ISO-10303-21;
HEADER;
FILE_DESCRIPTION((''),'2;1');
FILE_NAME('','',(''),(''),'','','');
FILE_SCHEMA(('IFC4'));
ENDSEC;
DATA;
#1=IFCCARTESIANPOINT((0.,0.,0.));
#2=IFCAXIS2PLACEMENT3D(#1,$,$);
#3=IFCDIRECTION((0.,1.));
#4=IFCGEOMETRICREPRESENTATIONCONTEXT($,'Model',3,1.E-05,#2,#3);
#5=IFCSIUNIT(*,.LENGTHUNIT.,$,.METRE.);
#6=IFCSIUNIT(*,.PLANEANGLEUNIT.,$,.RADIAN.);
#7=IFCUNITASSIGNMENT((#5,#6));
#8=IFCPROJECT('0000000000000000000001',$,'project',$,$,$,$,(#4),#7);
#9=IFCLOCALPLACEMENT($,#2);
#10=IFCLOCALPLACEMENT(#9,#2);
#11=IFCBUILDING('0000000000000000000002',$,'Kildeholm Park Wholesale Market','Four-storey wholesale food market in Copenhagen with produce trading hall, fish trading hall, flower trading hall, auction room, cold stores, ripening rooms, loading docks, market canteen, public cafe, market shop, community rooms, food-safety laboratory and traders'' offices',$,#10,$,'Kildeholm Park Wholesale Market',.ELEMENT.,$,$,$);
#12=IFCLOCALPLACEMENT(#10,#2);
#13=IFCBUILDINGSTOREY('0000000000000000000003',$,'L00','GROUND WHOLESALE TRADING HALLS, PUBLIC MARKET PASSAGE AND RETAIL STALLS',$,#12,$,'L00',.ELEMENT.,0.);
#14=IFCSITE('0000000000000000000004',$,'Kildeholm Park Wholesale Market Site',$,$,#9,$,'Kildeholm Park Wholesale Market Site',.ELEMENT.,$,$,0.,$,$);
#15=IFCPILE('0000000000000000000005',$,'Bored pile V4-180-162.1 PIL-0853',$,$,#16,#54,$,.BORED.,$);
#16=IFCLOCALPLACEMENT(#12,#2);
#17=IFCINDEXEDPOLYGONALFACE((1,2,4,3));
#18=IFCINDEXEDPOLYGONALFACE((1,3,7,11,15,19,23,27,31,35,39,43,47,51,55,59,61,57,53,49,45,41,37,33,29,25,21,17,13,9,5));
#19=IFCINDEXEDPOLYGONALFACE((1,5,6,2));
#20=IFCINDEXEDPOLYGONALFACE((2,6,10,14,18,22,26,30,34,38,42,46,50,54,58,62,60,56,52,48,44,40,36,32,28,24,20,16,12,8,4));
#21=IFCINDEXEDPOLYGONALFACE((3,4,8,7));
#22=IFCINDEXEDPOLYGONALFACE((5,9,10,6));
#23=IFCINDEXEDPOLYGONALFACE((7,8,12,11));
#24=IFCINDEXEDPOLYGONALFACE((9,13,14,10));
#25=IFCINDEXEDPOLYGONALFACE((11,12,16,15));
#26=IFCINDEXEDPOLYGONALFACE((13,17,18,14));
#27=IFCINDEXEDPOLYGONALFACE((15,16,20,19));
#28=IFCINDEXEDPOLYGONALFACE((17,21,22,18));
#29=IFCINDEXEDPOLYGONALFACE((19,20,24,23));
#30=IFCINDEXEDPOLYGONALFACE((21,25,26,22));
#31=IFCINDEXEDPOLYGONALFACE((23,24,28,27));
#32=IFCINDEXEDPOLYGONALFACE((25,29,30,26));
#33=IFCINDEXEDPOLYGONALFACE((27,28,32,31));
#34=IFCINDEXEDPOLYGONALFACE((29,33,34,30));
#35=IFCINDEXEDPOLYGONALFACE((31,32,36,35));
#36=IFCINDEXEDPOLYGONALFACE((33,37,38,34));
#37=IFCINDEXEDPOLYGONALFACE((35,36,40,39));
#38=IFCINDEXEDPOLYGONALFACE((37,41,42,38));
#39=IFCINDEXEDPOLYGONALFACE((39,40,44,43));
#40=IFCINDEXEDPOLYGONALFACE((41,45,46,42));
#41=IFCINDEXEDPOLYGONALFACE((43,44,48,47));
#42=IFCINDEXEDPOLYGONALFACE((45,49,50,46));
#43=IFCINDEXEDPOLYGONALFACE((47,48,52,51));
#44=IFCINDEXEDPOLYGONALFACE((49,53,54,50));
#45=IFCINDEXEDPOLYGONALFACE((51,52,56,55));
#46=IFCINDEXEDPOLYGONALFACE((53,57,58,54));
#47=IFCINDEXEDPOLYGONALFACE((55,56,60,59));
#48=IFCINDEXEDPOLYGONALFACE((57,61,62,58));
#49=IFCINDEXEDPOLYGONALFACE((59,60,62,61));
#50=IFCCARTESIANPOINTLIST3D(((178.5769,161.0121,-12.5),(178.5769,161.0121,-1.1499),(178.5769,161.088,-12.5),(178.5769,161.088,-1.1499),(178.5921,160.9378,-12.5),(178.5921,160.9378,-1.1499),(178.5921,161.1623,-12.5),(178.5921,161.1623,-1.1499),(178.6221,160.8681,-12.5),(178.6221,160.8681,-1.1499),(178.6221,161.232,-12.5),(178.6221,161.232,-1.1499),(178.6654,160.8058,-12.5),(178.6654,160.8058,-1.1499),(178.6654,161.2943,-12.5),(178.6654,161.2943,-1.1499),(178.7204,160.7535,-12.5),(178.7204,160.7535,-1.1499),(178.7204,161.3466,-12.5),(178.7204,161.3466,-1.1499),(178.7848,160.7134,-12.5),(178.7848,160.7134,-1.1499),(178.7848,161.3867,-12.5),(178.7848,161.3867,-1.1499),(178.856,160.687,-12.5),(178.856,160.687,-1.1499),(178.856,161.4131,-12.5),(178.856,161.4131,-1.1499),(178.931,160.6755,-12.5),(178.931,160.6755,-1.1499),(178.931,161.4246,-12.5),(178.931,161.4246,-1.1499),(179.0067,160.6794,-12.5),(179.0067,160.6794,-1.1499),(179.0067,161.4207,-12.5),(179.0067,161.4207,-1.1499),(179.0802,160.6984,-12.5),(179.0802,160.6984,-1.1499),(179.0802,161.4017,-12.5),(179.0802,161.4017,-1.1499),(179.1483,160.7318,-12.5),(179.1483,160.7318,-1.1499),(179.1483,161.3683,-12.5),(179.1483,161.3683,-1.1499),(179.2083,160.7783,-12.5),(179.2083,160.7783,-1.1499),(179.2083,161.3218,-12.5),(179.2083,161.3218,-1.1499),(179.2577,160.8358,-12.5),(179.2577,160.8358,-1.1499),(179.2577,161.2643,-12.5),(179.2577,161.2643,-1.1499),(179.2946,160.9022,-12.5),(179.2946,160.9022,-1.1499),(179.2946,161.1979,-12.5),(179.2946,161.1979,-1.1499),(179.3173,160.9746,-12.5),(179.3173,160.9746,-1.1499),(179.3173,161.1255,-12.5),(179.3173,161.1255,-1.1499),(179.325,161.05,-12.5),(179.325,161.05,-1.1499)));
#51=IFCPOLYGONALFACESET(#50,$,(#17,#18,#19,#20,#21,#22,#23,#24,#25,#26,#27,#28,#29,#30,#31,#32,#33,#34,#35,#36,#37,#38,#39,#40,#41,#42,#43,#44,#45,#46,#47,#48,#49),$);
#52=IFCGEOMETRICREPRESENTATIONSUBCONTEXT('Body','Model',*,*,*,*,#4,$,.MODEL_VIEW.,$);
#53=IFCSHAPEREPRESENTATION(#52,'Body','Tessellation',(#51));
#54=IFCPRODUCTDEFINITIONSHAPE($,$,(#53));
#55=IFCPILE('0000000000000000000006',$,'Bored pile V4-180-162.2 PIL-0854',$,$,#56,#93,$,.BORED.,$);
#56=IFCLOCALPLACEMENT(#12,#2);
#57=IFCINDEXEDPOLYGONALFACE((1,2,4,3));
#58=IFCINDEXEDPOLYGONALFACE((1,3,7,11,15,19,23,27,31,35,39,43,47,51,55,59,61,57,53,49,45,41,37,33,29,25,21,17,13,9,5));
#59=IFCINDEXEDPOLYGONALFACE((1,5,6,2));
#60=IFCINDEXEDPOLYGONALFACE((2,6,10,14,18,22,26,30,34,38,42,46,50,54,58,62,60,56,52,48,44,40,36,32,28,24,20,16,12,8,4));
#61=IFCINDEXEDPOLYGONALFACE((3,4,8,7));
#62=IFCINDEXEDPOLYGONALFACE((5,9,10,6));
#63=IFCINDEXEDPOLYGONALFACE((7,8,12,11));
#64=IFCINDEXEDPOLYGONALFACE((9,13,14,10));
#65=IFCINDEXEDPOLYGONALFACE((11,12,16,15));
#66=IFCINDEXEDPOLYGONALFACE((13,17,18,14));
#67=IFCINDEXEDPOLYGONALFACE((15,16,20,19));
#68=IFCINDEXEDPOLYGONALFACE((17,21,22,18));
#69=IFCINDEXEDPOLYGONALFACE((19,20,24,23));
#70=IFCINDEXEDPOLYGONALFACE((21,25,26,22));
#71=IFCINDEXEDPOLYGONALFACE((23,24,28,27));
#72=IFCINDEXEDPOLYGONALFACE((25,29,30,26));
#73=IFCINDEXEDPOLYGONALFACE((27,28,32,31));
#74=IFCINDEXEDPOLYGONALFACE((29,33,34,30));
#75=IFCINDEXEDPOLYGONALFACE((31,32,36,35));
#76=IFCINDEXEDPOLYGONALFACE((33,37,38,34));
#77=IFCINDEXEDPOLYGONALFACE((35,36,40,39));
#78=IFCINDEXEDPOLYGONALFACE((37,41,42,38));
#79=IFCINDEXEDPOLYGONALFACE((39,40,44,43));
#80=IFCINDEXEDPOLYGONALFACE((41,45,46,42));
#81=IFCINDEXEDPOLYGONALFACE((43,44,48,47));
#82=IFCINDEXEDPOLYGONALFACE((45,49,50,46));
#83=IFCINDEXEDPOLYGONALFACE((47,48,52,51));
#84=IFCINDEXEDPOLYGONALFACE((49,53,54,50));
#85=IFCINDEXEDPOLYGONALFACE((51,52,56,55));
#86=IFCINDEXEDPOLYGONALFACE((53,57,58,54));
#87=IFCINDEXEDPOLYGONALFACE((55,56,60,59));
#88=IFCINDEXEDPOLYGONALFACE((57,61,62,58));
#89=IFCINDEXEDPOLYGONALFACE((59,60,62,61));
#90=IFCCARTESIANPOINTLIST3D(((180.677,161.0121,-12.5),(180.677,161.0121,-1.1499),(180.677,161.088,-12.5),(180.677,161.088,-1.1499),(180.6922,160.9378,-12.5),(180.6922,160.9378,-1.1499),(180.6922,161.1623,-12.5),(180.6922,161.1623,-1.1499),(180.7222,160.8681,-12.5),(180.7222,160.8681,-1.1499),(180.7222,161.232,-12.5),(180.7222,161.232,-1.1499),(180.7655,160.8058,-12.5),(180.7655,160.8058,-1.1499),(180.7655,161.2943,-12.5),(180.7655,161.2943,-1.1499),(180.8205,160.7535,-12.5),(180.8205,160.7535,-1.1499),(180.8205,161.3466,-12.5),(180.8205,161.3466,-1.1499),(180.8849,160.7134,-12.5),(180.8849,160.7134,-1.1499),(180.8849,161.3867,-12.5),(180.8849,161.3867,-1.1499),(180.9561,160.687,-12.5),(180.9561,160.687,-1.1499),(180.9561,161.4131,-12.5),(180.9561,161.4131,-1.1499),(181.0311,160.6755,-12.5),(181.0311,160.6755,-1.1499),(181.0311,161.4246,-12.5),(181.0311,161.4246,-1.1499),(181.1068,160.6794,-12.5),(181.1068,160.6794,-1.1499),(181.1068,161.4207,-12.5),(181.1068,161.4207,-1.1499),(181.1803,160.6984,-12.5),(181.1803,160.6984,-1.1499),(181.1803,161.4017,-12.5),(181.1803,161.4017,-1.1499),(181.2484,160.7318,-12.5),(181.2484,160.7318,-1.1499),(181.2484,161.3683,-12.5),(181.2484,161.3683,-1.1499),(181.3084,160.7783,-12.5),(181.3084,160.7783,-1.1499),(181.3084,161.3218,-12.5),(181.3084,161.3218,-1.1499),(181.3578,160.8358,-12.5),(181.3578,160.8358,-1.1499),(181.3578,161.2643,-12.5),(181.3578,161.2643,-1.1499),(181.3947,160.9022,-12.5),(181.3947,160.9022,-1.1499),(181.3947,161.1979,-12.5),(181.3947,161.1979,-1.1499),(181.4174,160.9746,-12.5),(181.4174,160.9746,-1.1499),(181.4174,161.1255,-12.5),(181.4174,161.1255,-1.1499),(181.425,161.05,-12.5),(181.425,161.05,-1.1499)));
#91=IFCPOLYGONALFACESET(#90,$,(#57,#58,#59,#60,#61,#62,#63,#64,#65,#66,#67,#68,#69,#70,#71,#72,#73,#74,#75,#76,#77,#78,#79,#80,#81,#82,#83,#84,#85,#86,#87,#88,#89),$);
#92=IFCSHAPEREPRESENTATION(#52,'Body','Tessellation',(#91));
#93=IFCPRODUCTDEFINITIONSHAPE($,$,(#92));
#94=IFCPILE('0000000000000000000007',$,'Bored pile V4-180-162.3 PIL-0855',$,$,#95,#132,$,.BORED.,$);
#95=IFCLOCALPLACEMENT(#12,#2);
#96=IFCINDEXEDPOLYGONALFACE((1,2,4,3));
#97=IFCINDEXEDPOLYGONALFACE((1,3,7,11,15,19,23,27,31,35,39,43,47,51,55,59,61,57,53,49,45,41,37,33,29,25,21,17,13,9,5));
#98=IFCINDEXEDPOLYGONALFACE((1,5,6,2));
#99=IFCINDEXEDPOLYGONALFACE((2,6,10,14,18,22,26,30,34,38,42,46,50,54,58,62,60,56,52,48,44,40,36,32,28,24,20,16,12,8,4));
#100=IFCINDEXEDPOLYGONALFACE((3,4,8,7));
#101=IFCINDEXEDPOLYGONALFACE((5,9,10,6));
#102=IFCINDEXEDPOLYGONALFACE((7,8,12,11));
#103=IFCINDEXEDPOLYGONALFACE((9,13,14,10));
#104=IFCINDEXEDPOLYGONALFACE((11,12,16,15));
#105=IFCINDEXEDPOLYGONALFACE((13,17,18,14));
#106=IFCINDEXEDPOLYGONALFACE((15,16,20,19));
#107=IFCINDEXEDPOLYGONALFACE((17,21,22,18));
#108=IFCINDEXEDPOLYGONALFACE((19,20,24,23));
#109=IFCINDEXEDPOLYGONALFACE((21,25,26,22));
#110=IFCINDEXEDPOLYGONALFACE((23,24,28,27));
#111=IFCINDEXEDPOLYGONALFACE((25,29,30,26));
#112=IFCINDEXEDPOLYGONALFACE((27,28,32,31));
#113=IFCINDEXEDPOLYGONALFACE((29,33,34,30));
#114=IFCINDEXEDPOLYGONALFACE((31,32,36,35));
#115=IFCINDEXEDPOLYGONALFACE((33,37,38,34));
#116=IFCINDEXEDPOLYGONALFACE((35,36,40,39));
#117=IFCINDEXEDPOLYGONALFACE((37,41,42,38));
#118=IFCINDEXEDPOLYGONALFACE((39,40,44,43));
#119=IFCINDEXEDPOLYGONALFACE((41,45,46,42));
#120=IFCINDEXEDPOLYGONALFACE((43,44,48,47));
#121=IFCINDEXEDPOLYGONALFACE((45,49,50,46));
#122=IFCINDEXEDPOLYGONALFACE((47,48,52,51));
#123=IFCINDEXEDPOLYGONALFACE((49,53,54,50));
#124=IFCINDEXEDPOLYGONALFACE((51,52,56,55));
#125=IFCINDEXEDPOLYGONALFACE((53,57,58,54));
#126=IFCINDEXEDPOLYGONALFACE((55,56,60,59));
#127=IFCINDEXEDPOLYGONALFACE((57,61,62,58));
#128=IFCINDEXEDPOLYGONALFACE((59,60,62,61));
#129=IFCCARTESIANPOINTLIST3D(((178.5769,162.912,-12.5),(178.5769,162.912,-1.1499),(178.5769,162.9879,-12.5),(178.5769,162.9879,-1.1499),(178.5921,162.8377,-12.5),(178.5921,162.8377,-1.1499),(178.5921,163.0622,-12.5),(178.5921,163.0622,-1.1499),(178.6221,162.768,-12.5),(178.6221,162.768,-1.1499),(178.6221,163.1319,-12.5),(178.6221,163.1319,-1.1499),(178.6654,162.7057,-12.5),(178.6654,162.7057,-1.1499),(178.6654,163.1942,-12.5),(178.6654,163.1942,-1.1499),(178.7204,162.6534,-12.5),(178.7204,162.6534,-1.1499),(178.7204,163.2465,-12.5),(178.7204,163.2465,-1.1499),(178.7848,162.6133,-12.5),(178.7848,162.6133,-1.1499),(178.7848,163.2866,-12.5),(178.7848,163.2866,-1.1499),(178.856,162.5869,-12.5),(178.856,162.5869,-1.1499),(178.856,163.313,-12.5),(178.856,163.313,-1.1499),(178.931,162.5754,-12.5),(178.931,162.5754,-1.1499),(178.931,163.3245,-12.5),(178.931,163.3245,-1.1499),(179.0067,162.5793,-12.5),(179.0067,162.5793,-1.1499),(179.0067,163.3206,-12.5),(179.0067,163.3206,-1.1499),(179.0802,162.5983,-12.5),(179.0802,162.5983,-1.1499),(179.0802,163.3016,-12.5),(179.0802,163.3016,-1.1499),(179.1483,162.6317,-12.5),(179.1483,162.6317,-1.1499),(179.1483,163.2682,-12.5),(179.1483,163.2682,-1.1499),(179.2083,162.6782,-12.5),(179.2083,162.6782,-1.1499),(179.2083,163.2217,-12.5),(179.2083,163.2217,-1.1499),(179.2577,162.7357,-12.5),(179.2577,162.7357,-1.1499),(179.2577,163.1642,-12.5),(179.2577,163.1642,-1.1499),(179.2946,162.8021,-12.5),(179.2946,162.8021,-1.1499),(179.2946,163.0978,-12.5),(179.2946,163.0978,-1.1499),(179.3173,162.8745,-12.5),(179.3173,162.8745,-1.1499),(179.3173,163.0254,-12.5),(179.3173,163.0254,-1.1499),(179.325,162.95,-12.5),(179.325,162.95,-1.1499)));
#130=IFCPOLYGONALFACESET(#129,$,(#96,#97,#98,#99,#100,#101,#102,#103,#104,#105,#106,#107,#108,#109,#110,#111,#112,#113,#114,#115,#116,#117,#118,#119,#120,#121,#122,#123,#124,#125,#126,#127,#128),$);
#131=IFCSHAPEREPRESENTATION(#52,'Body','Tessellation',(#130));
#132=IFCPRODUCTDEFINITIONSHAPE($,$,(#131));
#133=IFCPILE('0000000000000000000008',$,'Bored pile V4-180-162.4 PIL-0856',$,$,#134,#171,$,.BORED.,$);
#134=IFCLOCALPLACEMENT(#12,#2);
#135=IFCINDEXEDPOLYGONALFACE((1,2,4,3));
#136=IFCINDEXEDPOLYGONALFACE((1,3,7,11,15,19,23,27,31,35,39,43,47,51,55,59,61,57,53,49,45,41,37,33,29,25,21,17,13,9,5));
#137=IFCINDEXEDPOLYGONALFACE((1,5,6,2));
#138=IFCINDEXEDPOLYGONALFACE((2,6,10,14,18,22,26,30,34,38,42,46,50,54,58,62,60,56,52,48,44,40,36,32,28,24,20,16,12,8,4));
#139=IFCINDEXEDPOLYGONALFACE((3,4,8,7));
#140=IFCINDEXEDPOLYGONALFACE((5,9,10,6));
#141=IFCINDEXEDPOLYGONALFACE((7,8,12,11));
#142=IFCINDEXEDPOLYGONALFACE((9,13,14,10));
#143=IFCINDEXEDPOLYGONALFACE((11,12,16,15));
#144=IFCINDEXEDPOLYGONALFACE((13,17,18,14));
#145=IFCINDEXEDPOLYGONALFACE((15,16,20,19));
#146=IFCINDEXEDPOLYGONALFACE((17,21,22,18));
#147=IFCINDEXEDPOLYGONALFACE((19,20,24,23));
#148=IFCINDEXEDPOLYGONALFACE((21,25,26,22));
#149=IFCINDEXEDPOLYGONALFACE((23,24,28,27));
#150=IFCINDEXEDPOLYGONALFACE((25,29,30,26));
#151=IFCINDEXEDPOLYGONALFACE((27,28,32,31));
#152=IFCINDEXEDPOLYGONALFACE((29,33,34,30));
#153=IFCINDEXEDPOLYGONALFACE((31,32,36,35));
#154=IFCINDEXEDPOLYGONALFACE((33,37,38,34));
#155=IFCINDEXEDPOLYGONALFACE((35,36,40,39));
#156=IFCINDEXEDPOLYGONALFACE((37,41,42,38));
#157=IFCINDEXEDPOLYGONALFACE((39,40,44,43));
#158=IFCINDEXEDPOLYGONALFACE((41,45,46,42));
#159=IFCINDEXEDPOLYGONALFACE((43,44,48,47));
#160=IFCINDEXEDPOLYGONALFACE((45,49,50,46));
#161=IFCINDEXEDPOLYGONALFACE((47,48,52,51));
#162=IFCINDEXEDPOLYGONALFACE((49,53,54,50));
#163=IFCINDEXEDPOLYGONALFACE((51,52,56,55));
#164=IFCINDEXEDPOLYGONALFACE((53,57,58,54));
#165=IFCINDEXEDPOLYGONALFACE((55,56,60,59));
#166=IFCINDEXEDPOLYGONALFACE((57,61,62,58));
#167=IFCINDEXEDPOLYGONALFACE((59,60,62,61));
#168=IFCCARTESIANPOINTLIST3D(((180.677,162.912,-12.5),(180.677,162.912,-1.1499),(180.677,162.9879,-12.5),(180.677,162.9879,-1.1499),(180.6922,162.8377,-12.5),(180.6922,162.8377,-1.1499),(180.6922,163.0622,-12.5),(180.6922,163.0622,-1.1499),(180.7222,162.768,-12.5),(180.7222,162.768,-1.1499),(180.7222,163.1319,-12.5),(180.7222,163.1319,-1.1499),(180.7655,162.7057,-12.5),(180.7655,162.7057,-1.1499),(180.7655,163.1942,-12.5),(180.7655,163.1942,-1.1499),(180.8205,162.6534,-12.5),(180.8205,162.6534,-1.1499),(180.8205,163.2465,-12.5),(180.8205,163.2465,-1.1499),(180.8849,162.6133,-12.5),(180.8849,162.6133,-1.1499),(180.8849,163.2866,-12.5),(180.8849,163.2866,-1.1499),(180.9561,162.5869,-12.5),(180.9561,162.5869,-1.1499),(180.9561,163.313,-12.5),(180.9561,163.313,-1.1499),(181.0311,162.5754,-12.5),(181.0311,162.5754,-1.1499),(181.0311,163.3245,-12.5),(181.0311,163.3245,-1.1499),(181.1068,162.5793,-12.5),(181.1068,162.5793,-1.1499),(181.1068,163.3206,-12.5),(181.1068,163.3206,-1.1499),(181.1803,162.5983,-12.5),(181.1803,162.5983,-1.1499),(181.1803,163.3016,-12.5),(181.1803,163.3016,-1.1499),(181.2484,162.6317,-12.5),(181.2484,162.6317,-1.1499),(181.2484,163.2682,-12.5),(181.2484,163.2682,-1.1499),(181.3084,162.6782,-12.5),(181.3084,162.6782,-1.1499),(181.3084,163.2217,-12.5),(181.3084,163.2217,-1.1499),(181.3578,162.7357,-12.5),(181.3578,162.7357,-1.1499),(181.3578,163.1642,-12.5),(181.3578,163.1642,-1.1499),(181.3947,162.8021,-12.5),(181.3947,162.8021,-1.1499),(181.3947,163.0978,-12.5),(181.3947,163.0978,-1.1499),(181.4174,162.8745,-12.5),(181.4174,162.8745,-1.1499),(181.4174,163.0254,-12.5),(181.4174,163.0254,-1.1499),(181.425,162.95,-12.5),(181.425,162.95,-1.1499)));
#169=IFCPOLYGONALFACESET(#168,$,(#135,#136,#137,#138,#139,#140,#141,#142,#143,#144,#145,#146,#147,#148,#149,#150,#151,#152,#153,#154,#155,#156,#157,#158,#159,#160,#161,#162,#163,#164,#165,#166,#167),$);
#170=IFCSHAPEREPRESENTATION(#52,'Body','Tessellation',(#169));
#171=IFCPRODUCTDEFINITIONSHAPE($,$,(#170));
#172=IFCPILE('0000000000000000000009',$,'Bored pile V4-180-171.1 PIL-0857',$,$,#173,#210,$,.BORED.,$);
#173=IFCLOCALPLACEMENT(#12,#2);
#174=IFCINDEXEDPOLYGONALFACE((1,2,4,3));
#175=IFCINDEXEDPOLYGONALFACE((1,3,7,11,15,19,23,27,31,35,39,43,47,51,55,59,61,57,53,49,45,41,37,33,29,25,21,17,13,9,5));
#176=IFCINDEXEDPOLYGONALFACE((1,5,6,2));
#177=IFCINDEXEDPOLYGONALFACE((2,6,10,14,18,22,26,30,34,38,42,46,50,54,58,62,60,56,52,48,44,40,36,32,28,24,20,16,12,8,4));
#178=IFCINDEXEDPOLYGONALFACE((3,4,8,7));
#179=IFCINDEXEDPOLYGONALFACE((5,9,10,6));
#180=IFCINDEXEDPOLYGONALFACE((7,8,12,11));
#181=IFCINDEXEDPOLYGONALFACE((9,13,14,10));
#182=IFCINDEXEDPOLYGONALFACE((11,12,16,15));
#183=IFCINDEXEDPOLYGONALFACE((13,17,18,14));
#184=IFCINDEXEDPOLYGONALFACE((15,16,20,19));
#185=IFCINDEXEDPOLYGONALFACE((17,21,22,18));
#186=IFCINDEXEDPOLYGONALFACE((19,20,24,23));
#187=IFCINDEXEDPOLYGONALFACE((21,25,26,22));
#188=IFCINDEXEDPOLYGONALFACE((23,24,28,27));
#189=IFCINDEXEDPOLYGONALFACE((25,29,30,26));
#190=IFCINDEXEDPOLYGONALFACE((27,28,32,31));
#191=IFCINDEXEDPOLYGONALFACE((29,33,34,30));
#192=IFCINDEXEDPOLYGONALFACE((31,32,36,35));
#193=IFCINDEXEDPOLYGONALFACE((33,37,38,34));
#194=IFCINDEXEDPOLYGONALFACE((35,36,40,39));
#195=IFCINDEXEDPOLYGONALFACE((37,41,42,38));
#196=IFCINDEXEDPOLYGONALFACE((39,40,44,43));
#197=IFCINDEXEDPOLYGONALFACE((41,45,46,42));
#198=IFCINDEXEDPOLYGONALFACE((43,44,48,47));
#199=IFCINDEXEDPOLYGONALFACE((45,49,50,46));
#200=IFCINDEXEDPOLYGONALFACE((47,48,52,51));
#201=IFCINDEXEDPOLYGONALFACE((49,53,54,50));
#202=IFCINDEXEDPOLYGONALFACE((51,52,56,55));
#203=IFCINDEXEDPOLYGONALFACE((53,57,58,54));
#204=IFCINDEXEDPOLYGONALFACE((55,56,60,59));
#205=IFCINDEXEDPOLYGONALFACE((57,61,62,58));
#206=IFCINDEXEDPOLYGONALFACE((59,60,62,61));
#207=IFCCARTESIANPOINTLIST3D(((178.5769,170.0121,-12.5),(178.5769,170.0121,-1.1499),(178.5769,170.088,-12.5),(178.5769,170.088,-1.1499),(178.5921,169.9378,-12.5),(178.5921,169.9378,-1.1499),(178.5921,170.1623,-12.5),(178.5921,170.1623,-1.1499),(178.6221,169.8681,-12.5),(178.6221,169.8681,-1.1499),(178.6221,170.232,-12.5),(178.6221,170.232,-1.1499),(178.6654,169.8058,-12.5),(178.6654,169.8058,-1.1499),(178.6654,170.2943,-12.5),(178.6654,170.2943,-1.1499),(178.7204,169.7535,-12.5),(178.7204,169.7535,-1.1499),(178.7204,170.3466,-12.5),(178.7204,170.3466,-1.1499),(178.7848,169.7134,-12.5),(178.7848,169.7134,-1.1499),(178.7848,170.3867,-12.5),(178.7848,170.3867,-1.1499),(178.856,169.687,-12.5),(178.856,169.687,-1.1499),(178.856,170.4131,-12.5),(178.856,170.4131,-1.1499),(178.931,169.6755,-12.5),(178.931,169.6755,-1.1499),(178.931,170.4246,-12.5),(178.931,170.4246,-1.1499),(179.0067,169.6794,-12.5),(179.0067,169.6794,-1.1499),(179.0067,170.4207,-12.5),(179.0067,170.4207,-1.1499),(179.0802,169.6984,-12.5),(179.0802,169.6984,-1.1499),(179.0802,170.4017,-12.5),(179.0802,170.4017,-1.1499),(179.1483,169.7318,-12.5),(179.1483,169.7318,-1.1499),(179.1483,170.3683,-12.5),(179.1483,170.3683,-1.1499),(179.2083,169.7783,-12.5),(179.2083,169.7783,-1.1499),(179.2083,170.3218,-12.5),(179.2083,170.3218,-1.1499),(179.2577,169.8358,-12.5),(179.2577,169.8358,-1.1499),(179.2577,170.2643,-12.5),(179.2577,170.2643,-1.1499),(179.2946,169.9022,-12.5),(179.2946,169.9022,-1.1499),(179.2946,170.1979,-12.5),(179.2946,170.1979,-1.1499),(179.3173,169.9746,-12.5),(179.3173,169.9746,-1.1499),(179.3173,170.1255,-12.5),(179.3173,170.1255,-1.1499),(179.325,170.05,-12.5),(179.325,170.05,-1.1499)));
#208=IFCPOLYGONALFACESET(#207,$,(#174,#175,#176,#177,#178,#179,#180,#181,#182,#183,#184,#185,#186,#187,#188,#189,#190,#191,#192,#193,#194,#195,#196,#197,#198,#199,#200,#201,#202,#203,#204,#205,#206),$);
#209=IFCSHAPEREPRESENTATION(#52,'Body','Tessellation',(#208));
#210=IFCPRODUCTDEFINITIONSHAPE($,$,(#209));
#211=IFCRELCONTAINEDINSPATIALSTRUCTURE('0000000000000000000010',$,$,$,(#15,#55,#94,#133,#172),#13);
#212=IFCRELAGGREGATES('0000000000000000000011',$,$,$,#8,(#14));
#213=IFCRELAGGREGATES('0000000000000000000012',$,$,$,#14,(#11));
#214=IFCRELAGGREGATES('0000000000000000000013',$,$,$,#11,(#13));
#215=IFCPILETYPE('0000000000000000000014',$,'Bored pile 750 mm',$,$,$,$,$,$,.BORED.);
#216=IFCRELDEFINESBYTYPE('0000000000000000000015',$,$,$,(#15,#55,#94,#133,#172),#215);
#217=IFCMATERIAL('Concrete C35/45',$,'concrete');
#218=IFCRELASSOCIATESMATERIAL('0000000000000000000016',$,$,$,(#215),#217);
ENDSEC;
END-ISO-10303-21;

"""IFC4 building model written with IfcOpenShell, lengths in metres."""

from ifc_helpers import new_model, si_unit, direction, frame, origin, origin_2d, place, context, subcontext, project, spatial, circle, extrude, material, material_profile, profile_set, type_object, element, save


model = new_model("IFC4")

# Units and contexts
model_context = context("Model", 3, precision=1e-05, world=origin(), true_north=direction((0.0, 1.0)))
body_context = subcontext(model_context, "Body", "Model", "MODEL_VIEW")
ifc_project = project(units=[si_unit("LENGTHUNIT", "METRE"), si_unit("PLANEANGLEUNIT", "RADIAN")], contexts=[model_context])

# Site, building, storey
site_placement = place(None, origin())
site = spatial("IfcSite", under=ifc_project, at=site_placement, Name="Kildeholm Park Wholesale Market Site", LongName="Kildeholm Park Wholesale Market Site", CompositionType="ELEMENT", RefElevation=0.0)
building_placement = place(site_placement, origin())
building = spatial("IfcBuilding", under=site, at=building_placement, Name="Kildeholm Park Wholesale Market", Description="Four-storey wholesale food market in Copenhagen with produce trading hall, fish trading hall, flower trading hall, auction room, cold stores, ripening rooms, loading docks, market canteen, public cafe, market shop, community rooms, food-safety laboratory and traders' offices", LongName="Kildeholm Park Wholesale Market", CompositionType="ELEMENT")
storey_placement = place(building_placement, origin())
storey = spatial("IfcBuildingStorey", under=building, at=storey_placement, Name="L00", Description="GROUND WHOLESALE TRADING HALLS, PUBLIC MARKET PASSAGE AND RETAIL STALLS", LongName="L00", CompositionType="ELEMENT", Elevation=0.0)

# Piles
ifc_material_1 = material(Name="Concrete C35/45", Category="concrete")
ifc_material_profile_1 = material_profile(ifc_material_1, circle(Radius=0.375, at=origin_2d()), Name="PILE D750")
ifc_profile_set_1 = profile_set([ifc_material_profile_1], Name="Concrete C35/45")
pile_type = type_object("IfcPileType", Name="Bored pile 750 mm", PredefinedType="BORED", material=ifc_profile_set_1)
for number, where, z_axis, x_axis, name in (
    (1, (178.95, 161.05, -1.1499), (0.0, 0.0, -1.0), (1.0, 0.0, 0.0), "Bored pile V4-180-162.1 PIL-0853"),
    (2, (181.05, 161.05, -1.1499), (0.0, 0.0, -1.0), (1.0, 0.0, 0.0), "Bored pile V4-180-162.2 PIL-0854"),
    (3, (178.95, 162.95, -1.1499), (0.0, 0.0, -1.0), (1.0, 0.0, 0.0), "Bored pile V4-180-162.3 PIL-0855"),
    (4, (181.05, 162.95, -1.1499), (0.0, 0.0, -1.0), (1.0, 0.0, 0.0), "Bored pile V4-180-162.4 PIL-0856"),
    (5, (178.95, 170.05, -1.1499), (0.0, 0.0, -1.0), (1.0, 0.0, 0.0), "Bored pile V4-180-171.1 PIL-0857"),
):
    element("IfcPile", number, at=place(storey_placement, frame(where, z_axis=z_axis, x_axis=x_axis)), inside=storey, type_object=pile_type, Name=name, PredefinedType="BORED", context=body_context, shape_type="SweptSolid", body=[
        extrude(circle(Radius=0.375, at=origin_2d()), origin(), (0.0, 0.0, 1.0), 11.3501),
    ])

save(model, "model.ifc")
